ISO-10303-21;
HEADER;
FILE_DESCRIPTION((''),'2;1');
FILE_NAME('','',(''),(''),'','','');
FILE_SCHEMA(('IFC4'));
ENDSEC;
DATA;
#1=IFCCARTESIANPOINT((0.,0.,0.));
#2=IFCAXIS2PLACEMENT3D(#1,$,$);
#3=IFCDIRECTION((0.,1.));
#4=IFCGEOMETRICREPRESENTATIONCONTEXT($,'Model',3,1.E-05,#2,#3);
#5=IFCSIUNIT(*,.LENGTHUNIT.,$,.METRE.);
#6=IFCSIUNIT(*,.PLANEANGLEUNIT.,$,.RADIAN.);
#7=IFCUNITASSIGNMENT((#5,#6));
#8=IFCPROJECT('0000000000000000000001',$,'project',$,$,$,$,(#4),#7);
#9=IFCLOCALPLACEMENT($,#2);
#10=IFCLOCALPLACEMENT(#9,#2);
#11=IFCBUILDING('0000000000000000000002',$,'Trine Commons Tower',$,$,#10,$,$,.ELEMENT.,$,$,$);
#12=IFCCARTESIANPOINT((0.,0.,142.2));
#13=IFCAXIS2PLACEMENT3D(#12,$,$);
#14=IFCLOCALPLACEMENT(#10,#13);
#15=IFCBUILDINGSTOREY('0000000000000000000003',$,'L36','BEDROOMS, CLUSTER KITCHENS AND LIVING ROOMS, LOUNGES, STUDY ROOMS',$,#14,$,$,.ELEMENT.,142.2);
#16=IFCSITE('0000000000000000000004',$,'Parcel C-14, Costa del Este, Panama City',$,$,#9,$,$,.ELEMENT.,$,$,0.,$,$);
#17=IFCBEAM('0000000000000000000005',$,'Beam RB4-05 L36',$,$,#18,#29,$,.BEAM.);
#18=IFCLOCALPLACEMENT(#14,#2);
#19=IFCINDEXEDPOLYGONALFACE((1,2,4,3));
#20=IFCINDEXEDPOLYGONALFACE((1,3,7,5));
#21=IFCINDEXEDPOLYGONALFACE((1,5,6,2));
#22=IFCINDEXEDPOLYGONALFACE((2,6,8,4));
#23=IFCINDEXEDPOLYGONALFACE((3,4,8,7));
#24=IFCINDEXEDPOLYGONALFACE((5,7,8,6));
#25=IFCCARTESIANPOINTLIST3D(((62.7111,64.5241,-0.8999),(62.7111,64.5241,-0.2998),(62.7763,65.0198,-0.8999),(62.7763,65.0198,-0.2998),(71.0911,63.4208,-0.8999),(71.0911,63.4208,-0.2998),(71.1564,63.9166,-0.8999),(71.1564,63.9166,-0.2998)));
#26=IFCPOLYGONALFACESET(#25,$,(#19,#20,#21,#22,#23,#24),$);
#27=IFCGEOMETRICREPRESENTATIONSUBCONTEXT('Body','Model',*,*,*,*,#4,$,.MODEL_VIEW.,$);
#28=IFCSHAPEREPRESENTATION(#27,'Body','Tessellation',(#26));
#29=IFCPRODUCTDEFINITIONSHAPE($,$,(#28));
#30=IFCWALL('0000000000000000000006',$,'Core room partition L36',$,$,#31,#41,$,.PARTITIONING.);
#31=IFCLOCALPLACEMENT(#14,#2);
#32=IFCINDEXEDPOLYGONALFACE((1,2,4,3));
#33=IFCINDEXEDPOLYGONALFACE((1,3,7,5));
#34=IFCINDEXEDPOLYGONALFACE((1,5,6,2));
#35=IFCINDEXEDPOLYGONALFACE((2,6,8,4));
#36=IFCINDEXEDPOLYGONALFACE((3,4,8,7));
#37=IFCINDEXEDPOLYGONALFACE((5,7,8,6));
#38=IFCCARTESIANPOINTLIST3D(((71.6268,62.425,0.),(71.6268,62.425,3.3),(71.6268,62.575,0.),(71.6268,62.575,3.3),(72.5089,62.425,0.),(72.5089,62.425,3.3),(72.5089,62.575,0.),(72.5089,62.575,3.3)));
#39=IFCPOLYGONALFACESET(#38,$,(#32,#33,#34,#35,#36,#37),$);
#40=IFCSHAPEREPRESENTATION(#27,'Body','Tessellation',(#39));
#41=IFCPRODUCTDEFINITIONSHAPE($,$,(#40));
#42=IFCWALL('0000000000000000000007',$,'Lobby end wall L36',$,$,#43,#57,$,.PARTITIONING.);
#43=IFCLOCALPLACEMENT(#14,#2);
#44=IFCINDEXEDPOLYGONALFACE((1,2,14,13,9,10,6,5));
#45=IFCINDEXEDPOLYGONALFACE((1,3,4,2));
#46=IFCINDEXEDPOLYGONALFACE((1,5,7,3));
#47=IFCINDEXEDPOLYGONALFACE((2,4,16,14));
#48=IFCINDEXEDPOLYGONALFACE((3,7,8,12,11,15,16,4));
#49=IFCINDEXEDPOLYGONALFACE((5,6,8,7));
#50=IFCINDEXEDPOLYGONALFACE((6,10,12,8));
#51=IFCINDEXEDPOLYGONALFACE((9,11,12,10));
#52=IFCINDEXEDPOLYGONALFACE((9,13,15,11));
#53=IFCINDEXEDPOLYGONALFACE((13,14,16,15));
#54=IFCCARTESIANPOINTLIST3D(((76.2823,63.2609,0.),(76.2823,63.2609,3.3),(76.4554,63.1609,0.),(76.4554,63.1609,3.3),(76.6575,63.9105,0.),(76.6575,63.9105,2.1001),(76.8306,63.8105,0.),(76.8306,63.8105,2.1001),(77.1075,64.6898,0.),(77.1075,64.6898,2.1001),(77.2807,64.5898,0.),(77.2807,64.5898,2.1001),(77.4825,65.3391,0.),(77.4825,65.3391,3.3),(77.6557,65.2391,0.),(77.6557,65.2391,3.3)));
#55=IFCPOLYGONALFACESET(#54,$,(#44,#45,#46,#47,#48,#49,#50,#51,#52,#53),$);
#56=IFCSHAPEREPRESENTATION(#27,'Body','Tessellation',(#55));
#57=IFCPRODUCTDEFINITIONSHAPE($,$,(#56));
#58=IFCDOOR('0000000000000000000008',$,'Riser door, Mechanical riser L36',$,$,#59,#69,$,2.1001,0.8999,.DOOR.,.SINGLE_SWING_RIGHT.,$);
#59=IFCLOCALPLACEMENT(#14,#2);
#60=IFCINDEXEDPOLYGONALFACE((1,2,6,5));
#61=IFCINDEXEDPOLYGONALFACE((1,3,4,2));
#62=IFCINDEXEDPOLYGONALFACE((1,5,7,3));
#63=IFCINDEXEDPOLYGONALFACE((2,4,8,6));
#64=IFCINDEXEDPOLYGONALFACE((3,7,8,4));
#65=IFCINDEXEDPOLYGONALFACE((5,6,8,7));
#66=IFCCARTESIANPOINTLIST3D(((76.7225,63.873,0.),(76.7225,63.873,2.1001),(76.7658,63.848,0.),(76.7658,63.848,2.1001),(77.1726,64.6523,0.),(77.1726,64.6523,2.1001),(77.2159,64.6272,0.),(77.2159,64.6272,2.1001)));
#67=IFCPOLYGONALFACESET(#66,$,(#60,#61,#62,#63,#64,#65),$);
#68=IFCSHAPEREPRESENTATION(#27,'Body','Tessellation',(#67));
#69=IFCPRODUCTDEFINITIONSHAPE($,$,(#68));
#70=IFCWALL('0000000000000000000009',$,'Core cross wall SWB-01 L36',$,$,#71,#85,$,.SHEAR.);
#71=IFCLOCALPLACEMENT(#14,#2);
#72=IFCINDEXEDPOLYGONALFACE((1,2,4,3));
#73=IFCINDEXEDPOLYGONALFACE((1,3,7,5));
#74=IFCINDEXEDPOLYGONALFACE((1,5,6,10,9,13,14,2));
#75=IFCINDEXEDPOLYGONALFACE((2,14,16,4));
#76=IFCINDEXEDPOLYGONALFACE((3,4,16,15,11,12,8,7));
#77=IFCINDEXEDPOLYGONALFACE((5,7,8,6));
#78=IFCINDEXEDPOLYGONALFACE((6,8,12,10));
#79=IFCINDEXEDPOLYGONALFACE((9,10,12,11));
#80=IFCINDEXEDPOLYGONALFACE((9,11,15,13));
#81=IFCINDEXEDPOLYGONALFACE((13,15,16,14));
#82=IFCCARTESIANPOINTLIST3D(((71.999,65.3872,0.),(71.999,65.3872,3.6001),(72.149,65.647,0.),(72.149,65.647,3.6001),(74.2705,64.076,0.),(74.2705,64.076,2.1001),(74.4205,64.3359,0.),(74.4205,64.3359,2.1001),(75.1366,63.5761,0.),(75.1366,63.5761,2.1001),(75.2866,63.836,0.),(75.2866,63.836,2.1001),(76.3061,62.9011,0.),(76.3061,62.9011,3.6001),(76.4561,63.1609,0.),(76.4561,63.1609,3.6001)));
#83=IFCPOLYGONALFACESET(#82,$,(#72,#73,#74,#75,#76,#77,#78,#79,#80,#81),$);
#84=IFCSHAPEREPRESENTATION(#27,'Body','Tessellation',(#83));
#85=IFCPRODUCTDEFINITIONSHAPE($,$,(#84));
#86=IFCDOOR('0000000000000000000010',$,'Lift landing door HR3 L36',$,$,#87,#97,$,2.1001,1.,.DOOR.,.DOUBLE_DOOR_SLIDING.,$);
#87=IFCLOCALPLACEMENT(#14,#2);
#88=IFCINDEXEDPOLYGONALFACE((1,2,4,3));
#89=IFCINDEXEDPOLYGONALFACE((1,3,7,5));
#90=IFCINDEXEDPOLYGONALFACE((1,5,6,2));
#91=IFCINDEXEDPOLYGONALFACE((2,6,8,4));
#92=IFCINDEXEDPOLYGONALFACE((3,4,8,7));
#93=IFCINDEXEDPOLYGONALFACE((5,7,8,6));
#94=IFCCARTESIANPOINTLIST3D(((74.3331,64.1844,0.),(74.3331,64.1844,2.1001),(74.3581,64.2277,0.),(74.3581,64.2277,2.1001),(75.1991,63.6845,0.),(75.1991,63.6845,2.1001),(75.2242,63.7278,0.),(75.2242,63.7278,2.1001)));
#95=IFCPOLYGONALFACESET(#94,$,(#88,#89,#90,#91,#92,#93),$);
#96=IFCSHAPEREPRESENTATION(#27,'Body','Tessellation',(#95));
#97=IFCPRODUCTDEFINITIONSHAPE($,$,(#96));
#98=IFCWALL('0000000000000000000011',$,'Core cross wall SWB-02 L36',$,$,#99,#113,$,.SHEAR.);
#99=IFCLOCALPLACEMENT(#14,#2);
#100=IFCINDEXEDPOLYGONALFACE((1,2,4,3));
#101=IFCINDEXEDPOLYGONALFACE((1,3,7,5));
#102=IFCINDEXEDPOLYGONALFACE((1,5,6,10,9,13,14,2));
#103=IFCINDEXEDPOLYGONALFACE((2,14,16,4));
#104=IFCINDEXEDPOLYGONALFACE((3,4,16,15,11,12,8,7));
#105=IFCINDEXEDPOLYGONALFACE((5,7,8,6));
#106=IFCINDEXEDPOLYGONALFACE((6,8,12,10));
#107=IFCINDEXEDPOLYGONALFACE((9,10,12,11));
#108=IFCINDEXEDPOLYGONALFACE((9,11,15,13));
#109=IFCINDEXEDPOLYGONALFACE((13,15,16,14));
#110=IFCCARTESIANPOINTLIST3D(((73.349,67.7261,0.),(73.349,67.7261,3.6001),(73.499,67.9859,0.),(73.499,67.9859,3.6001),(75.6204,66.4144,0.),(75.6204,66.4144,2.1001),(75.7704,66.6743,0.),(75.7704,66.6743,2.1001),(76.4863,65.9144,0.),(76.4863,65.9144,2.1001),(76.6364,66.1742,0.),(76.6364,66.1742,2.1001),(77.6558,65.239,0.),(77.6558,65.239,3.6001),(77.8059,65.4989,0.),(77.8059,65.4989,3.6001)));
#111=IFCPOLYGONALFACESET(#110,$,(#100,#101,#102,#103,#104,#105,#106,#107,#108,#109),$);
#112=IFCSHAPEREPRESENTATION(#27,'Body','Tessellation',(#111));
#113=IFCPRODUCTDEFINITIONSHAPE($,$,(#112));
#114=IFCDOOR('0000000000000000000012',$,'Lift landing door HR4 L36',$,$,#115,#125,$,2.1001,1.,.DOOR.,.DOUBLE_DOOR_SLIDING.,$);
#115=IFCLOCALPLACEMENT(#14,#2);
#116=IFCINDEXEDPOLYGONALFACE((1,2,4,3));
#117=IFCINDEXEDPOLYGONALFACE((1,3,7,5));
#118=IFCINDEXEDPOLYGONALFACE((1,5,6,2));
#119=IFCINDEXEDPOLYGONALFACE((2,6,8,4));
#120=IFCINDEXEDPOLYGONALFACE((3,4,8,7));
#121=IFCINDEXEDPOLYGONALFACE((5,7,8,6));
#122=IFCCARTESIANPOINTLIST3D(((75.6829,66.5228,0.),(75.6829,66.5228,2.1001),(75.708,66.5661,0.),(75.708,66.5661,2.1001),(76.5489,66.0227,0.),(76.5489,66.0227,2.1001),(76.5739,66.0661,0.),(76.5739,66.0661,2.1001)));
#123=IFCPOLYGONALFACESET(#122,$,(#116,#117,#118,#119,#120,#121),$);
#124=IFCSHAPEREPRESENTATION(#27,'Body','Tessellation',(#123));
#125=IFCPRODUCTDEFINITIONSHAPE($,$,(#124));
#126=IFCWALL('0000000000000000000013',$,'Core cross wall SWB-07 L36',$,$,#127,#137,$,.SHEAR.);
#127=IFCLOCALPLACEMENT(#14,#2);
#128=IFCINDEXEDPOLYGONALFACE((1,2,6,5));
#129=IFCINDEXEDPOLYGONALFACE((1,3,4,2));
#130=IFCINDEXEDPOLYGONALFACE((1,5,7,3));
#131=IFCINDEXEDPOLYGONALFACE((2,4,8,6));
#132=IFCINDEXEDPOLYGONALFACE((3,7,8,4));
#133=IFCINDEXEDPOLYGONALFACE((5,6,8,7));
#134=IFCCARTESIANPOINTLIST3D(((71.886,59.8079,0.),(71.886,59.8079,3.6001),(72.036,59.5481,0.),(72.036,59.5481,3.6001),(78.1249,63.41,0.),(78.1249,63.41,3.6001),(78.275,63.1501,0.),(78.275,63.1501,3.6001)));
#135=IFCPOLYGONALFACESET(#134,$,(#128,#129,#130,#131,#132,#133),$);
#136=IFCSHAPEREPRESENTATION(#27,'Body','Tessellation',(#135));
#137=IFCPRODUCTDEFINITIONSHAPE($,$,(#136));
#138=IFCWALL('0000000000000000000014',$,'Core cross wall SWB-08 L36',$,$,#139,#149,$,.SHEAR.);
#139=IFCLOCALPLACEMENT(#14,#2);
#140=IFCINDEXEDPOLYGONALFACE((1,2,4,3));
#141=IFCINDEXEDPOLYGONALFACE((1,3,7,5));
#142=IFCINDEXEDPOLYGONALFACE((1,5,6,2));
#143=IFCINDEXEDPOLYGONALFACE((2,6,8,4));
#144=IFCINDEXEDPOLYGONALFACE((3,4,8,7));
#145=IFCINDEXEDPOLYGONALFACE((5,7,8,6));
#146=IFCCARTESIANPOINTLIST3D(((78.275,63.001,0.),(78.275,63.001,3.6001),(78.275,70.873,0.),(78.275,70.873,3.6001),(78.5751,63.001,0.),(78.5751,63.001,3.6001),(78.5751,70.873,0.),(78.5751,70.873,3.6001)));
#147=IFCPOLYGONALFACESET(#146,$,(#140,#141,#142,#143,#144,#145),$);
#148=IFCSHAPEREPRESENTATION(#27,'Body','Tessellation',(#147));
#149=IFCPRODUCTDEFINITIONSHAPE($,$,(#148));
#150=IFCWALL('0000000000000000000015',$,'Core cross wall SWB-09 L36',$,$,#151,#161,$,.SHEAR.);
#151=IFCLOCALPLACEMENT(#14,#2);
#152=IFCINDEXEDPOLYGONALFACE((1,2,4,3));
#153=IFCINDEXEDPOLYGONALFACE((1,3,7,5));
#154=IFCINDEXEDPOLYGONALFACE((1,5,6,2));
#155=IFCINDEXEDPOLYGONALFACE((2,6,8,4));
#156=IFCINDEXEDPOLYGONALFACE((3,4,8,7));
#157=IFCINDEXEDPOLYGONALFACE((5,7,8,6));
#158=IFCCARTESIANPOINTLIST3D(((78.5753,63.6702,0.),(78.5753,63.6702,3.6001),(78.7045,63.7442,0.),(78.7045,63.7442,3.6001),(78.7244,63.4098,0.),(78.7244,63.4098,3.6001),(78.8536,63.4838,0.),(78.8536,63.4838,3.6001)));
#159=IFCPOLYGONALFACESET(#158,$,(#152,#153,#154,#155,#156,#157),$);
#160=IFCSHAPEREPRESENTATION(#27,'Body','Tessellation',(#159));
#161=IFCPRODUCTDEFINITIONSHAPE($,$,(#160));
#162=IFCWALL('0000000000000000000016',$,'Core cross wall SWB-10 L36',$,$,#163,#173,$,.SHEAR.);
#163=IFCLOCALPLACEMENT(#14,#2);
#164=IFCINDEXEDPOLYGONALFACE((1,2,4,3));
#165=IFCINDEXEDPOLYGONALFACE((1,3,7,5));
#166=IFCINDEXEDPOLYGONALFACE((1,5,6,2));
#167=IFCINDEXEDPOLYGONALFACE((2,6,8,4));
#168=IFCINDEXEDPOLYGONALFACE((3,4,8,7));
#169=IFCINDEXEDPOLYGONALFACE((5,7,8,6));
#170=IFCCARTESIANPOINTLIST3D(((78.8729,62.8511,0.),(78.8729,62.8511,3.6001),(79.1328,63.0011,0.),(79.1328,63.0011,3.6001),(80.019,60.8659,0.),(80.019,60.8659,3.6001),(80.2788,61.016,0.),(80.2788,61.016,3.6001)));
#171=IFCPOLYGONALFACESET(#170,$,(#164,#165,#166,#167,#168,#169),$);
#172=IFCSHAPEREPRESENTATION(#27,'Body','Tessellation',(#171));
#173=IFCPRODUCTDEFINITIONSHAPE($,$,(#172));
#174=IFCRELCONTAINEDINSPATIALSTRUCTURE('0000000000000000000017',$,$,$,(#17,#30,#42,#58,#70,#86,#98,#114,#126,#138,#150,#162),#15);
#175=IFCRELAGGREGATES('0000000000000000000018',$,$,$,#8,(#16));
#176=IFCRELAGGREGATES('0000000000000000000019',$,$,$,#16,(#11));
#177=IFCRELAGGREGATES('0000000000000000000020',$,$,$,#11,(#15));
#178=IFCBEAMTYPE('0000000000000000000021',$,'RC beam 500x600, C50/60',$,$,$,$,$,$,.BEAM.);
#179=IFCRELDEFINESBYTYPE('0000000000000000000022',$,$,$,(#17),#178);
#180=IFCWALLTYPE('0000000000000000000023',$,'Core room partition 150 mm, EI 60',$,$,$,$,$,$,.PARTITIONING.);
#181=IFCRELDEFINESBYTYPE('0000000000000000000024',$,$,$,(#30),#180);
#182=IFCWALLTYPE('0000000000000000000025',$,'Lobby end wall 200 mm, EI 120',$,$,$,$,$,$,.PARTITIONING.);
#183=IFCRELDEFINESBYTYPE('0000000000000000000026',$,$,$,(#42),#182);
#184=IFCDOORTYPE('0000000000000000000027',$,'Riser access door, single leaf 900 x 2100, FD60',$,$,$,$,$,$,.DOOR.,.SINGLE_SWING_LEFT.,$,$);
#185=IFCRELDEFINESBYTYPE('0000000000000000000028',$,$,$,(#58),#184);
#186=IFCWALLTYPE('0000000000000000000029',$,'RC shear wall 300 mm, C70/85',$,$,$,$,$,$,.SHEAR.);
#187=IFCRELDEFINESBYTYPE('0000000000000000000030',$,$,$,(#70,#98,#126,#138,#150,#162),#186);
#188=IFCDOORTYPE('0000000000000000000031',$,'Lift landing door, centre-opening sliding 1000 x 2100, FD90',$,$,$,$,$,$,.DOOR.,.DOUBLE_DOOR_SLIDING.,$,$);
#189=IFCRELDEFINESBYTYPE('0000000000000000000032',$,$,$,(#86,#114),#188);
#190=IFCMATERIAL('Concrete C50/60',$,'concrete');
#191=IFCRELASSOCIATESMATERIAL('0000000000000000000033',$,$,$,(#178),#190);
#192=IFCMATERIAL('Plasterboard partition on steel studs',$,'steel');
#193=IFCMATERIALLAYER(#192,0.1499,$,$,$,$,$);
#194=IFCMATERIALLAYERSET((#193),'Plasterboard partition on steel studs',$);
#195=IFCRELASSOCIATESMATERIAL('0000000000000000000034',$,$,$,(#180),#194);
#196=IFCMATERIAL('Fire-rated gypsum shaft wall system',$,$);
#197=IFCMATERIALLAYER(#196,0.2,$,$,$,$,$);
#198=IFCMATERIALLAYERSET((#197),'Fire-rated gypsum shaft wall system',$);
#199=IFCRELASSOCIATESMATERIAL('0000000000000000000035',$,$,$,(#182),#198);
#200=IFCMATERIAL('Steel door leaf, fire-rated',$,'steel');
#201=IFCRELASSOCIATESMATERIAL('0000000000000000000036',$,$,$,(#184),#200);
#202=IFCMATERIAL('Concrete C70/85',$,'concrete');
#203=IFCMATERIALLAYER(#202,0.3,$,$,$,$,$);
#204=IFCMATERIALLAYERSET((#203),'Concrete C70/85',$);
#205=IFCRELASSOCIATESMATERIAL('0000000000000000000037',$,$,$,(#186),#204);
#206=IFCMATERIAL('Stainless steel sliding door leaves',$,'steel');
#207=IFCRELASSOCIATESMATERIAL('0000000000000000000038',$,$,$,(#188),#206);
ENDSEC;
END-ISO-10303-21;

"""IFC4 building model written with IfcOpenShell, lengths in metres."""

from ifc_helpers import new_model, si_unit, direction, frame, frame_2d, origin, origin_2d, place, context, subcontext, project, spatial, rectangle, extrude, material, layer, layer_set, material_profile, profile_set, type_object, element, fill, save


model = new_model("IFC4")

# Units and contexts
model_context = context("Model", 3, precision=1e-05, world=origin(), true_north=direction((0.0, 1.0)))
body_context = subcontext(model_context, "Body", "Model", "MODEL_VIEW")
ifc_project = project(units=[si_unit("LENGTHUNIT", "METRE"), si_unit("PLANEANGLEUNIT", "RADIAN")], contexts=[model_context])

# Site, building, storey
site_placement = place(None, origin())
site = spatial("IfcSite", under=ifc_project, at=site_placement, Name="Parcel C-14, Costa del Este, Panama City", CompositionType="ELEMENT", RefElevation=0.0)
building_placement = place(site_placement, origin())
building = spatial("IfcBuilding", under=site, at=building_placement, Name="Trine Commons Tower", CompositionType="ELEMENT")
storey_placement = place(building_placement, frame((0.0, 0.0, 142.2)))
storey = spatial("IfcBuildingStorey", under=building, at=storey_placement, Name="L36", Description="BEDROOMS, CLUSTER KITCHENS AND LIVING ROOMS, LOUNGES, STUDY ROOMS", CompositionType="ELEMENT", Elevation=142.2)

# Beam
ifc_material_1 = material(Name="Concrete C50/60", Category="concrete")
ifc_material_profile = material_profile(ifc_material_1, rectangle(XDim=0.5, YDim=0.6001, at=origin_2d()), Name="RC 500x600")
ifc_profile_set = profile_set([ifc_material_profile], Name="Concrete C50/60")
beam_type = type_object("IfcBeamType", Name="RC beam 500x600, C50/60", PredefinedType="BEAM", material=ifc_profile_set)
beam_placement = place(storey_placement, frame((71.1238, 63.6687, -0.5999), z_axis=(-0.991445, 0.130527, 0.0), x_axis=(-0.130527, -0.991445, 0.0)))
element("IfcBeam", 1, at=beam_placement, inside=storey, type_object=beam_type, Name="Beam RB4-05 L36", PredefinedType="BEAM", context=body_context, shape_type="SweptSolid", body=[
    extrude(rectangle(XDim=0.5, YDim=0.6001, at=origin_2d()), origin(), (0.0, 0.0, 1.0), 8.4524),
])

# Wall
ifc_material_2 = material(Name="Plasterboard partition on steel studs", Category="steel")
ifc_layer_1 = layer(ifc_material_2, 0.1499)
ifc_layer_set_1 = layer_set([ifc_layer_1], Name="Plasterboard partition on steel studs")
wall_type_1 = type_object("IfcWallType", Name="Core room partition 150 mm, EI 60", PredefinedType="PARTITIONING", material=ifc_layer_set_1)
wall_1_placement = place(storey_placement, frame((71.627, 62.5, 0.0), z_axis=(0.0, 0.0, 1.0), x_axis=(1.0, 0.0, 0.0)))
element("IfcWall", 2, at=wall_1_placement, inside=storey, type_object=wall_type_1, Name="Core room partition L36", PredefinedType="PARTITIONING", context=body_context, shape_type="SweptSolid", body=[
    extrude(rectangle(XDim=0.8821, YDim=0.1499, at=frame_2d((0.4409, 0.0))), origin(), (0.0, 0.0, 1.0), 3.3),
])

# Walls, openings, doors
ifc_material_3 = material(Name="Fire-rated gypsum shaft wall system")
ifc_layer_2 = layer(ifc_material_3, 0.2)
ifc_layer_set_2 = layer_set([ifc_layer_2], Name="Fire-rated gypsum shaft wall system")
wall_type_2 = type_object("IfcWallType", Name="Lobby end wall 200 mm, EI 120", PredefinedType="PARTITIONING", material=ifc_layer_set_2)
wall_2_placement = place(storey_placement, frame((77.5691, 65.2891, 0.0), z_axis=(0.0, 0.0, 1.0), x_axis=(-0.500122, -0.865955, 0.0)))
wall_2 = element("IfcWall", 3, at=wall_2_placement, inside=storey, type_object=wall_type_2, Name="Lobby end wall L36", PredefinedType="PARTITIONING", context=body_context, shape_type="SweptSolid", body=[
    extrude(rectangle(XDim=2.3999, YDim=0.2, at=frame_2d((1.2, 0.0))), origin(), (0.0, 0.0, 1.0), 3.3),
])
opening_1_placement = place(wall_2_placement, frame((0.7498, 0.0, 0.0)))
opening_1 = element("IfcOpeningElement", 4, at=opening_1_placement, cuts=wall_2, PredefinedType="OPENING", context=body_context, shape_type="SweptSolid", body=[
    extrude(rectangle(XDim=0.8999, YDim=2.1001, at=frame_2d((0.45, 1.05))), frame((0.0, 0.1099, 0.0), z_axis=(0.0, -1.0, 0.0), x_axis=(1.0, 0.0, 0.0)), (0.0, 0.0, 1.0), 0.22),
])
ifc_material_4 = material(Name="Steel door leaf, fire-rated", Category="steel")
door_type_1 = type_object("IfcDoorType", Name="Riser access door, single leaf 900 x 2100, FD60", OperationType="SINGLE_SWING_LEFT", PredefinedType="DOOR", material=ifc_material_4)
door_1_placement = place(opening_1_placement, frame((0.8999, 0.0, 0.0), z_axis=(0.0, 0.0, 1.0), x_axis=(-1.0, 0.0, 0.0)))
door_1 = element("IfcDoor", 5, at=door_1_placement, inside=storey, type_object=door_type_1, Name="Riser door, Mechanical riser L36", OperationType="SINGLE_SWING_RIGHT", OverallHeight=2.1001, OverallWidth=0.8999, PredefinedType="DOOR", context=body_context, shape_type="SweptSolid", body=[
    extrude(rectangle(XDim=0.8999, YDim=2.1001, at=frame_2d((0.45, 1.05))), frame((0.0, 0.0249, 0.0), z_axis=(0.0, -1.0, 0.0), x_axis=(1.0, 0.0, 0.0)), (0.0, 0.0, 1.0), 0.05),
])
fill(opening_1, door_1)
ifc_material_5 = material(Name="Concrete C70/85", Category="concrete")
ifc_layer_3 = layer(ifc_material_5, 0.3)
ifc_layer_set_3 = layer_set([ifc_layer_3], Name="Concrete C70/85")
wall_type_3 = type_object("IfcWallType", Name="RC shear wall 300 mm, C70/85", PredefinedType="SHEAR", material=ifc_layer_set_3)
wall_3_placement = place(storey_placement, frame((76.3811, 63.031, 0.0), z_axis=(0.0, 0.0, 1.0), x_axis=(-0.866081, 0.499904, 0.0)))
wall_3 = element("IfcWall", 6, at=wall_3_placement, inside=storey, type_object=wall_type_3, Name="Core cross wall SWB-01 L36", PredefinedType="SHEAR", context=body_context, shape_type="SweptSolid", body=[
    extrude(rectangle(XDim=4.9731, YDim=0.3, at=frame_2d((2.4866, 0.0))), origin(), (0.0, 0.0, 1.0), 3.6001),
])
opening_2_placement = place(wall_3_placement, frame((1.3503, 0.0, 0.0)))
opening_2 = element("IfcOpeningElement", 7, at=opening_2_placement, cuts=wall_3, PredefinedType="OPENING", context=body_context, shape_type="SweptSolid", body=[
    extrude(rectangle(XDim=1.0, YDim=2.1001, at=frame_2d((0.5, 1.05))), frame((0.0, 0.1599, 0.0), z_axis=(0.0, -1.0, 0.0), x_axis=(1.0, 0.0, 0.0)), (0.0, 0.0, 1.0), 0.3201),
])
ifc_material_6 = material(Name="Stainless steel sliding door leaves", Category="steel")
door_type_2 = type_object("IfcDoorType", Name="Lift landing door, centre-opening sliding 1000 x 2100, FD90", OperationType="DOUBLE_DOOR_SLIDING", PredefinedType="DOOR", material=ifc_material_6)
door_2_placement = place(opening_2_placement, origin())
door_2 = element("IfcDoor", 8, at=door_2_placement, inside=storey, type_object=door_type_2, Name="Lift landing door HR3 L36", OperationType="DOUBLE_DOOR_SLIDING", OverallHeight=2.1001, OverallWidth=1.0, PredefinedType="DOOR", context=body_context, shape_type="SweptSolid", body=[
    extrude(rectangle(XDim=1.0, YDim=2.1001, at=frame_2d((0.5, 1.05))), frame((0.0, 0.0249, 0.0), z_axis=(0.0, -1.0, 0.0), x_axis=(1.0, 0.0, 0.0)), (0.0, 0.0, 1.0), 0.05),
])
fill(opening_2, door_2)
wall_4_placement = place(storey_placement, frame((77.731, 65.3689, 0.0), z_axis=(0.0, 0.0, 1.0), x_axis=(-0.865984, 0.500072, 0.0)))
wall_4 = element("IfcWall", 9, at=wall_4_placement, inside=storey, type_object=wall_type_3, Name="Core cross wall SWB-02 L36", PredefinedType="SHEAR", context=body_context, shape_type="SweptSolid", body=[
    extrude(rectangle(XDim=4.9734, YDim=0.3, at=frame_2d((2.4868, 0.0))), origin(), (0.0, 0.0, 1.0), 3.6001),
])
opening_3_placement = place(wall_4_placement, frame((1.3506, 0.0, 0.0)))
opening_3 = element("IfcOpeningElement", 10, at=opening_3_placement, cuts=wall_4, PredefinedType="OPENING", context=body_context, shape_type="SweptSolid", body=[
    extrude(rectangle(XDim=1.0, YDim=2.1001, at=frame_2d((0.5, 1.05))), frame((0.0, 0.1599, 0.0), z_axis=(0.0, -1.0, 0.0), x_axis=(1.0, 0.0, 0.0)), (0.0, 0.0, 1.0), 0.3201),
])
door_3_placement = place(opening_3_placement, origin())
door_3 = element("IfcDoor", 11, at=door_3_placement, inside=storey, type_object=door_type_2, Name="Lift landing door HR4 L36", OperationType="DOUBLE_DOOR_SLIDING", OverallHeight=2.1001, OverallWidth=1.0, PredefinedType="DOOR", context=body_context, shape_type="SweptSolid", body=[
    extrude(rectangle(XDim=1.0, YDim=2.1001, at=frame_2d((0.5, 1.05))), frame((0.0, 0.0249, 0.0), z_axis=(0.0, -1.0, 0.0), x_axis=(1.0, 0.0, 0.0)), (0.0, 0.0, 1.0), 0.05),
])
fill(opening_3, door_3)

# Walls
wall_5_placement = place(storey_placement, frame((78.2, 63.28, 0.0), z_axis=(0.0, 0.0, 1.0), x_axis=(-0.866028, -0.499995, 0.0)))
element("IfcWall", 12, at=wall_5_placement, inside=storey, type_object=wall_type_3, Name="Core cross wall SWB-07 L36", PredefinedType="SHEAR", context=body_context, shape_type="SweptSolid", body=[
    extrude(rectangle(XDim=7.2041, YDim=0.3, at=frame_2d((3.6021, 0.0))), origin(), (0.0, 0.0, 1.0), 3.6001),
])
wall_6_placement = place(storey_placement, frame((78.425, 63.001, 0.0), z_axis=(0.0, 0.0, 1.0), x_axis=(0.0, 1.0, 0.0)))
element("IfcWall", 13, at=wall_6_placement, inside=storey, type_object=wall_type_3, Name="Core cross wall SWB-08 L36", PredefinedType="SHEAR", context=body_context, shape_type="SweptSolid", body=[
    extrude(rectangle(XDim=7.8721, YDim=0.3, at=frame_2d((3.936, 0.0))), origin(), (0.0, 0.0, 1.0), 3.6001),
])
wall_7_placement = place(storey_placement, frame((78.7791, 63.614, 0.0), z_axis=(0.0, 0.0, 1.0), x_axis=(-0.867738, -0.497022, 0.0)))
element("IfcWall", 14, at=wall_7_placement, inside=storey, type_object=wall_type_3, Name="Core cross wall SWB-09 L36", PredefinedType="SHEAR", context=body_context, shape_type="SweptSolid", body=[
    extrude(rectangle(XDim=0.1489, YDim=0.3, at=frame_2d((0.0745, 0.0))), origin(), (0.0, 0.0, 1.0), 3.6001),
])
wall_8_placement = place(storey_placement, frame((79.0029, 62.926, 0.0), z_axis=(0.0, 0.0, 1.0), x_axis=(0.499965, -0.866045, 0.0)))
element("IfcWall", 15, at=wall_8_placement, inside=storey, type_object=wall_type_3, Name="Core cross wall SWB-10 L36", PredefinedType="SHEAR", context=body_context, shape_type="SweptSolid", body=[
    extrude(rectangle(XDim=2.2922, YDim=0.3, at=frame_2d((1.146, 0.0))), origin(), (0.0, 0.0, 1.0), 3.6001),
])

save(model, "model.ifc")
